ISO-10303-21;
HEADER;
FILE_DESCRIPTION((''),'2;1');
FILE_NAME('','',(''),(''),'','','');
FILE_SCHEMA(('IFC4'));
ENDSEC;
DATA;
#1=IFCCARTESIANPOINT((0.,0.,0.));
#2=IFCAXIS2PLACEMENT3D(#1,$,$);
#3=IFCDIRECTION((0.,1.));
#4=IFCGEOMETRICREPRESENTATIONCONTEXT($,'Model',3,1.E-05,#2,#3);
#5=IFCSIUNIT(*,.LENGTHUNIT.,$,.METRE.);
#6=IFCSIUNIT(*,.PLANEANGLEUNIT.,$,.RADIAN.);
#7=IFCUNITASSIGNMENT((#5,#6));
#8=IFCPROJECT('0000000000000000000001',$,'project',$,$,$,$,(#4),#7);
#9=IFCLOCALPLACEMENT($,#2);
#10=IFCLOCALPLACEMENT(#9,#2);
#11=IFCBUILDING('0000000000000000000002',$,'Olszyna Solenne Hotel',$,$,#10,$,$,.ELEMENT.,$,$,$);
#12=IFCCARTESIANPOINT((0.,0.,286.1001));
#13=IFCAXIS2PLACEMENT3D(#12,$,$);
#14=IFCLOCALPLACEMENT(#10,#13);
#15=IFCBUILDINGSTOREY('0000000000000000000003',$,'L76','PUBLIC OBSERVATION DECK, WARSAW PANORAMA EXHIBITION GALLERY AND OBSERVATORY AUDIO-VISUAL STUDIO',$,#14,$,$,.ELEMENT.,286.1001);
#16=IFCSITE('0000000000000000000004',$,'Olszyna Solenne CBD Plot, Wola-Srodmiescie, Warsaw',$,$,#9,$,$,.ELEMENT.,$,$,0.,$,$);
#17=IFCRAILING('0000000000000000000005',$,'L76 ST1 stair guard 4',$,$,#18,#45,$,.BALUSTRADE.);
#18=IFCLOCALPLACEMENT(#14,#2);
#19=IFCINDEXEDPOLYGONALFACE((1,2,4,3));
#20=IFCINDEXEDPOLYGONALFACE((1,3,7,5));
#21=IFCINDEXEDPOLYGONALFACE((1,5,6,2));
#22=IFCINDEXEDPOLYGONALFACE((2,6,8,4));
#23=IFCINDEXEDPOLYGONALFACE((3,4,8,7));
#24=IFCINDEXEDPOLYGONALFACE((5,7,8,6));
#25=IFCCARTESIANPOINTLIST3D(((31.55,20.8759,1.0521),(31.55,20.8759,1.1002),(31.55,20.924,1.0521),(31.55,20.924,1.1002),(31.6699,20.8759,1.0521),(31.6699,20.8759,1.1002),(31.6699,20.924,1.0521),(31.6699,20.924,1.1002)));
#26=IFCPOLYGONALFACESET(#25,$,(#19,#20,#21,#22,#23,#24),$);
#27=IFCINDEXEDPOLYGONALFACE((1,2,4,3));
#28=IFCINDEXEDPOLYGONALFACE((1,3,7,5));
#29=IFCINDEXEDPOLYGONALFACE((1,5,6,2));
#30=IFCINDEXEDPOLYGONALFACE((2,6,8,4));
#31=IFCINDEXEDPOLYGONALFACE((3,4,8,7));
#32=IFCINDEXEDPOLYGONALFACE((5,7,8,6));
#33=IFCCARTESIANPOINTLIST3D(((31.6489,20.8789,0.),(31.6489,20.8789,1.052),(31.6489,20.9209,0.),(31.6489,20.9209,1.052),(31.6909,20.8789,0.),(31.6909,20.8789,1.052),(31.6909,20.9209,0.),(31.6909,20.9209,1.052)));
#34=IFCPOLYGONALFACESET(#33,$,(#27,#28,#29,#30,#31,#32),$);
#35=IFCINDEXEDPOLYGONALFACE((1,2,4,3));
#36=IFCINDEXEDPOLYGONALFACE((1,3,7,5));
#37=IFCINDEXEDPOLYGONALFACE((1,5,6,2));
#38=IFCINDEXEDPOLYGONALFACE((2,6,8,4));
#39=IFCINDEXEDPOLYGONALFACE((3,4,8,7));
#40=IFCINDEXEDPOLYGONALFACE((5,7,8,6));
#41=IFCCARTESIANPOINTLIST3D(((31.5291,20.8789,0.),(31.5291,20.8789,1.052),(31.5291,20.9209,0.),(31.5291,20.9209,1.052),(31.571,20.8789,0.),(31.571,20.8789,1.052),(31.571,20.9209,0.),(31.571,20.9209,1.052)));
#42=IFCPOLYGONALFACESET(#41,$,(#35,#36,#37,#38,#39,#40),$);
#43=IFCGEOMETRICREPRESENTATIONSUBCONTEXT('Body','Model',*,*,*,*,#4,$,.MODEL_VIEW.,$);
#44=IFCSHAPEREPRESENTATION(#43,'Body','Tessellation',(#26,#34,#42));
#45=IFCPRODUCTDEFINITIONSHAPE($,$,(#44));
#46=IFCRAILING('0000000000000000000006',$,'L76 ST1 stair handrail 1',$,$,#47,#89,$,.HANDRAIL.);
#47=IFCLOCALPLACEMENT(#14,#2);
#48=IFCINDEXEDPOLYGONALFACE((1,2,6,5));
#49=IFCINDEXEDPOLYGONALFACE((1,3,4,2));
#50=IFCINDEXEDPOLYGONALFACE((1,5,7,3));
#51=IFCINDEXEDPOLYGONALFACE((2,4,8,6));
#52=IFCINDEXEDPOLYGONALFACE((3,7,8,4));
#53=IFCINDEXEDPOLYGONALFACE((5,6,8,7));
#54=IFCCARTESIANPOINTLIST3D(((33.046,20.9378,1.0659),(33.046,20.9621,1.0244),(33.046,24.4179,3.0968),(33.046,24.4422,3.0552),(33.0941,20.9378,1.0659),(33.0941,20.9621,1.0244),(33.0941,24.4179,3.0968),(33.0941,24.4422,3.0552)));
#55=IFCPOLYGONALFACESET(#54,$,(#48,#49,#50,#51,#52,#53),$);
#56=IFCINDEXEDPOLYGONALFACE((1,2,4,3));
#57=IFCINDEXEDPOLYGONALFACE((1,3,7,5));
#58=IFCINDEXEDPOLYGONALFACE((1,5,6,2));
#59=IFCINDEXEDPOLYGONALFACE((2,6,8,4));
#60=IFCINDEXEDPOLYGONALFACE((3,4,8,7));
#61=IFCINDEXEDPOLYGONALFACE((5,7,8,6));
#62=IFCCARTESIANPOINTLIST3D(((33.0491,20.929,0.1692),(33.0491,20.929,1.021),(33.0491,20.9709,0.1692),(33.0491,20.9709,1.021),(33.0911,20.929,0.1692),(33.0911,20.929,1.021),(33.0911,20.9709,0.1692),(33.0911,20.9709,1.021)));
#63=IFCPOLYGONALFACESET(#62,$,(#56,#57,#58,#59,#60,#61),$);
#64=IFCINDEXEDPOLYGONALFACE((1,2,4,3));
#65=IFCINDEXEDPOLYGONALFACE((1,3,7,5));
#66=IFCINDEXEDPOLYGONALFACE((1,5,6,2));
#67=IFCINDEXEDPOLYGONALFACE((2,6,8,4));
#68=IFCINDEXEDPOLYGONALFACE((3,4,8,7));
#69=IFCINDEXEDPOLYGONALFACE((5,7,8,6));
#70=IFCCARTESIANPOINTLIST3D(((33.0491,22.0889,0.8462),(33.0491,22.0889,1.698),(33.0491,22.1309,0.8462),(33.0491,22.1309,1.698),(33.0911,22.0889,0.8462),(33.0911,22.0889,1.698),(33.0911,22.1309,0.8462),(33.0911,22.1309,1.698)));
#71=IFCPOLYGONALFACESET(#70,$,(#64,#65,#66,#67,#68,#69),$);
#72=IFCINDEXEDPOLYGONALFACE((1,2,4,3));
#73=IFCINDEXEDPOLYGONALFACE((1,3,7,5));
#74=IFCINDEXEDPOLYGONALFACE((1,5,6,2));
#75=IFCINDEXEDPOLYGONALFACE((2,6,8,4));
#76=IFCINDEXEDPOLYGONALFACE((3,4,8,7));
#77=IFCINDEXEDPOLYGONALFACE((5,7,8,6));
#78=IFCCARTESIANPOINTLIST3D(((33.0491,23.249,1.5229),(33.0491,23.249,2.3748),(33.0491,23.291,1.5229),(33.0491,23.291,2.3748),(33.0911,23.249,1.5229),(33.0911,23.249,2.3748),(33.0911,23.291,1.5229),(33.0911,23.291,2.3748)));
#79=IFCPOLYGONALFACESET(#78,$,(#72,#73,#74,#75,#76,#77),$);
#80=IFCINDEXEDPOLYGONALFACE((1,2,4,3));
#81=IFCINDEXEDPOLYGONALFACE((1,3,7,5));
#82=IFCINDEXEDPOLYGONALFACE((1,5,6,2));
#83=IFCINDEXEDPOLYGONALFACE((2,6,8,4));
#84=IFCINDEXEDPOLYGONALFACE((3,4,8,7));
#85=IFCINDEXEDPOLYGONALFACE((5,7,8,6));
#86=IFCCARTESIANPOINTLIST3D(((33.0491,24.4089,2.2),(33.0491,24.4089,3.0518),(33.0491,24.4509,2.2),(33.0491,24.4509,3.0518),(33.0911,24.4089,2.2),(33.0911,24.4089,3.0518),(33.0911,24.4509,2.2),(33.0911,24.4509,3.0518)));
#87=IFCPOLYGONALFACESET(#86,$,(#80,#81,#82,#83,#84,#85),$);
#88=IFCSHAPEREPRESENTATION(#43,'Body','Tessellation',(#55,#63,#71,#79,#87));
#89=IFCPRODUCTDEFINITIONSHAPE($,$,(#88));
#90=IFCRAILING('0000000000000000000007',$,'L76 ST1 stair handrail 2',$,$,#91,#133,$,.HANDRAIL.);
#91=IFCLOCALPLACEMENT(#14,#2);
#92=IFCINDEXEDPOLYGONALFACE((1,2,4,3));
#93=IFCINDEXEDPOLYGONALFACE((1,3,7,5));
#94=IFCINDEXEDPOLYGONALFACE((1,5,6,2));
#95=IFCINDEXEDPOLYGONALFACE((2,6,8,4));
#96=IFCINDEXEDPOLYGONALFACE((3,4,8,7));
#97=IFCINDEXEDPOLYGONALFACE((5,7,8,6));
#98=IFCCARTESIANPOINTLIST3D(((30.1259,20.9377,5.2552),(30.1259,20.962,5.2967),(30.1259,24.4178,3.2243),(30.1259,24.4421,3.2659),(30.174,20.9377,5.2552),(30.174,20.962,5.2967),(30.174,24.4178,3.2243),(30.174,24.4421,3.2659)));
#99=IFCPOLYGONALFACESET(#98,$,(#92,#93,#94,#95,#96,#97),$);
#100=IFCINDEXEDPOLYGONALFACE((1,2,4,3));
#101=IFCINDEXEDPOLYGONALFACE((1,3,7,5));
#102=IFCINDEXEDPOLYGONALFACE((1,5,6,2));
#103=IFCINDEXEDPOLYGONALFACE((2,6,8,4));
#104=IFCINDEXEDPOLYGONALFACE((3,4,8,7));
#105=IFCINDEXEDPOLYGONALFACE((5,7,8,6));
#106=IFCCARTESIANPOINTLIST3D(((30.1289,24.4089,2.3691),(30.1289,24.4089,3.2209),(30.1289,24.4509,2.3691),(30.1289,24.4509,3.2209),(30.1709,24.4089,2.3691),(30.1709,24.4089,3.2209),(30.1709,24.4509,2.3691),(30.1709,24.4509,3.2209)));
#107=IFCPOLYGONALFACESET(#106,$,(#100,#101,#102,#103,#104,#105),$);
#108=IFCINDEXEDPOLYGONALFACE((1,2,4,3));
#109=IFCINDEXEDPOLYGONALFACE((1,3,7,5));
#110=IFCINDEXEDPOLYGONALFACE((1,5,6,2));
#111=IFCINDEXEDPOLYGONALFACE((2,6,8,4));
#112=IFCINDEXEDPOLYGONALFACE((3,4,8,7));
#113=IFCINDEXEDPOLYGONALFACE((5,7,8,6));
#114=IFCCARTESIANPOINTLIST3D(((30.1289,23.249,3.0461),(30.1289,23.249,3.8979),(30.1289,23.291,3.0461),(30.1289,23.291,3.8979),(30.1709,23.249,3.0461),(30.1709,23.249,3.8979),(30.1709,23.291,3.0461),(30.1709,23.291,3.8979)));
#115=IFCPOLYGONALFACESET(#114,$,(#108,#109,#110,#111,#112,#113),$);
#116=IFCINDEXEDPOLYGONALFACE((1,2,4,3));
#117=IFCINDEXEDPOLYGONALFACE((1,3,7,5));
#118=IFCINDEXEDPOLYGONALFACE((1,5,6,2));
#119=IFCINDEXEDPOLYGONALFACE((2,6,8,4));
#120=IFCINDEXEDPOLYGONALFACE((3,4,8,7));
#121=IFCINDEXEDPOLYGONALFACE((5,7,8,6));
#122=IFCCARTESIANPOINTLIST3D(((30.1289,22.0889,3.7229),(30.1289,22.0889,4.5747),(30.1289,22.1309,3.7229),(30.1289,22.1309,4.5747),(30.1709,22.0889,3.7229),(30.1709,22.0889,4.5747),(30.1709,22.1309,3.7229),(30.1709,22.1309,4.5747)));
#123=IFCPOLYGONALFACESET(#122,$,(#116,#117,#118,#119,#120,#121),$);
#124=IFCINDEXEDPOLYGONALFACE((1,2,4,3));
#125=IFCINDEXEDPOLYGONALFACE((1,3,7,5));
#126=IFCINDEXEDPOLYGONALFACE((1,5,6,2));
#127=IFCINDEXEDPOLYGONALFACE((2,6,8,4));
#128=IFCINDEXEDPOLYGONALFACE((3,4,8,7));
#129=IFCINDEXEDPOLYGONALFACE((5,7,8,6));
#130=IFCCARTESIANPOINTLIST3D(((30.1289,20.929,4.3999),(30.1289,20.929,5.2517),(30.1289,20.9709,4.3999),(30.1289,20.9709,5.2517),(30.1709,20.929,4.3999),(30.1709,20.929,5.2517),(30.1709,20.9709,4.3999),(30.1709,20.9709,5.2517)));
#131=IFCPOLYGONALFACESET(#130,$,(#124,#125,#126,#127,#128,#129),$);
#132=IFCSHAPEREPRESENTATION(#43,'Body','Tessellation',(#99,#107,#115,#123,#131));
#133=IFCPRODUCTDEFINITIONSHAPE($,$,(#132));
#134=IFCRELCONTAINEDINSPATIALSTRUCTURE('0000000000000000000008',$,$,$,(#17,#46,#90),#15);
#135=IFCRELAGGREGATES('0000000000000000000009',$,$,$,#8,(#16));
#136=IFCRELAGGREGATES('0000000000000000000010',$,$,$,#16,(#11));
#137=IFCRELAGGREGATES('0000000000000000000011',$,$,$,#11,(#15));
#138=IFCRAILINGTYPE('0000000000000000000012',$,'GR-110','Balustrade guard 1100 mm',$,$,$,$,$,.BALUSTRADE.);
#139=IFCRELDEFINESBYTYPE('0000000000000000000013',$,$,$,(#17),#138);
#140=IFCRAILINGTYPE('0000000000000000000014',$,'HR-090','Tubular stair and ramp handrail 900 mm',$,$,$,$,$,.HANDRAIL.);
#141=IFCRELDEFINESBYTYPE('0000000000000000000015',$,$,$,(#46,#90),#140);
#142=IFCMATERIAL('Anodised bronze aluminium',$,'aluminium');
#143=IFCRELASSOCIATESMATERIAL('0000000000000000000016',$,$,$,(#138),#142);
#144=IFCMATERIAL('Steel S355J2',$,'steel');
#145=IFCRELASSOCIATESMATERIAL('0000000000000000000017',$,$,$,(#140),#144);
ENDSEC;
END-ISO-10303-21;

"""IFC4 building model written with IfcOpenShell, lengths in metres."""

from ifc_helpers import new_model, si_unit, direction, frame, origin, origin_2d, place, context, subcontext, project, spatial, rectangle, extrude, material, type_object, element, save


model = new_model("IFC4")

# Units and contexts
model_context = context("Model", 3, precision=1e-05, world=origin(), true_north=direction((0.0, 1.0)))
body_context = subcontext(model_context, "Body", "Model", "MODEL_VIEW")
ifc_project = project(units=[si_unit("LENGTHUNIT", "METRE"), si_unit("PLANEANGLEUNIT", "RADIAN")], contexts=[model_context])

# Site, building, storey
site_placement = place(None, origin())
site = spatial("IfcSite", under=ifc_project, at=site_placement, Name="Olszyna Solenne CBD Plot, Wola-Srodmiescie, Warsaw", CompositionType="ELEMENT", RefElevation=0.0)
building_placement = place(site_placement, origin())
building = spatial("IfcBuilding", under=site, at=building_placement, Name="Olszyna Solenne Hotel", CompositionType="ELEMENT")
storey_placement = place(building_placement, frame((0.0, 0.0, 286.1001)))
storey = spatial("IfcBuildingStorey", under=building, at=storey_placement, Name="L76", Description="PUBLIC OBSERVATION DECK, WARSAW PANORAMA EXHIBITION GALLERY AND OBSERVATORY AUDIO-VISUAL STUDIO", CompositionType="ELEMENT", Elevation=286.1001)

# Shared definitions
ifc_material_1 = material(Name="Steel S355J2", Category="steel")

# Shared definitions
ifc_material_2 = material(Name="Anodised bronze aluminium", Category="aluminium")

# Railings
railing_type_1 = type_object("IfcRailingType", Name="GR-110", Description="Balustrade guard 1100 mm", PredefinedType="BALUSTRADE", material=ifc_material_2)
railing_1_placement = place(storey_placement, frame((31.6699, 20.8999, 0.0)))
element("IfcRailing", 1, at=railing_1_placement, inside=storey, type_object=railing_type_1, Name="L76 ST1 stair guard 4", PredefinedType="BALUSTRADE", context=body_context, shape_type="SweptSolid", body=[
    extrude(rectangle(XDim=0.0481, YDim=0.0481, at=origin_2d()), frame((0.0, 0.0, 1.0762), z_axis=(-1.0, 0.0, 0.0), x_axis=(0.0, -1.0, 0.0)), (0.0, 0.0, 1.0), 0.1199),
    extrude(rectangle(XDim=0.042, YDim=0.042, at=origin_2d()), origin(), (0.0, 0.0, 1.0), 1.052),
    extrude(rectangle(XDim=0.042, YDim=0.042, at=origin_2d()), frame((-0.1199, 0.0, 0.0)), (0.0, 0.0, 1.0), 1.052),
])
railing_type_2 = type_object("IfcRailingType", Name="HR-090", Description="Tubular stair and ramp handrail 900 mm", PredefinedType="HANDRAIL", material=ifc_material_1)
railing_2_placement = place(storey_placement, frame((33.0701, 20.95, 0.1692)))
element("IfcRailing", 2, at=railing_2_placement, inside=storey, type_object=railing_type_2, Name="L76 ST1 stair handrail 1", PredefinedType="HANDRAIL", context=body_context, shape_type="SweptSolid", body=[
    extrude(rectangle(XDim=0.0481, YDim=0.0481, at=origin_2d()), frame((0.0, 0.0, 0.876), z_axis=(0.0, 0.863695, 0.504014), x_axis=(-1.0, 0.0, 0.0)), (0.0, 0.0, 1.0), 4.0293),
    extrude(rectangle(XDim=0.042, YDim=0.042, at=origin_2d()), origin(), (0.0, 0.0, 1.0), 0.8518),
    extrude(rectangle(XDim=0.042, YDim=0.042, at=origin_2d()), frame((0.0, 1.1599, 0.677)), (0.0, 0.0, 1.0), 0.8518),
    extrude(rectangle(XDim=0.042, YDim=0.042, at=origin_2d()), frame((0.0, 2.3201, 1.3538)), (0.0, 0.0, 1.0), 0.8518),
    extrude(rectangle(XDim=0.042, YDim=0.042, at=origin_2d()), frame((0.0, 3.48, 2.0308)), (0.0, 0.0, 1.0), 0.8518),
])
railing_3_placement = place(storey_placement, frame((30.1499, 24.4299, 2.3691)))
element("IfcRailing", 3, at=railing_3_placement, inside=storey, type_object=railing_type_2, Name="L76 ST1 stair handrail 2", PredefinedType="HANDRAIL", context=body_context, shape_type="SweptSolid", body=[
    extrude(rectangle(XDim=0.0481, YDim=0.0481, at=origin_2d()), frame((0.0, 0.0, 0.876), z_axis=(0.0, -0.863695, 0.504014), x_axis=(1.0, 0.0, 0.0)), (0.0, 0.0, 1.0), 4.0293),
    extrude(rectangle(XDim=0.042, YDim=0.042, at=origin_2d()), origin(), (0.0, 0.0, 1.0), 0.8518),
    extrude(rectangle(XDim=0.042, YDim=0.042, at=origin_2d()), frame((0.0, -1.1599, 0.677)), (0.0, 0.0, 1.0), 0.8518),
    extrude(rectangle(XDim=0.042, YDim=0.042, at=origin_2d()), frame((0.0, -2.3201, 1.3538)), (0.0, 0.0, 1.0), 0.8518),
    extrude(rectangle(XDim=0.042, YDim=0.042, at=origin_2d()), frame((0.0, -3.48, 2.0308)), (0.0, 0.0, 1.0), 0.8518),
])

save(model, "model.ifc")
